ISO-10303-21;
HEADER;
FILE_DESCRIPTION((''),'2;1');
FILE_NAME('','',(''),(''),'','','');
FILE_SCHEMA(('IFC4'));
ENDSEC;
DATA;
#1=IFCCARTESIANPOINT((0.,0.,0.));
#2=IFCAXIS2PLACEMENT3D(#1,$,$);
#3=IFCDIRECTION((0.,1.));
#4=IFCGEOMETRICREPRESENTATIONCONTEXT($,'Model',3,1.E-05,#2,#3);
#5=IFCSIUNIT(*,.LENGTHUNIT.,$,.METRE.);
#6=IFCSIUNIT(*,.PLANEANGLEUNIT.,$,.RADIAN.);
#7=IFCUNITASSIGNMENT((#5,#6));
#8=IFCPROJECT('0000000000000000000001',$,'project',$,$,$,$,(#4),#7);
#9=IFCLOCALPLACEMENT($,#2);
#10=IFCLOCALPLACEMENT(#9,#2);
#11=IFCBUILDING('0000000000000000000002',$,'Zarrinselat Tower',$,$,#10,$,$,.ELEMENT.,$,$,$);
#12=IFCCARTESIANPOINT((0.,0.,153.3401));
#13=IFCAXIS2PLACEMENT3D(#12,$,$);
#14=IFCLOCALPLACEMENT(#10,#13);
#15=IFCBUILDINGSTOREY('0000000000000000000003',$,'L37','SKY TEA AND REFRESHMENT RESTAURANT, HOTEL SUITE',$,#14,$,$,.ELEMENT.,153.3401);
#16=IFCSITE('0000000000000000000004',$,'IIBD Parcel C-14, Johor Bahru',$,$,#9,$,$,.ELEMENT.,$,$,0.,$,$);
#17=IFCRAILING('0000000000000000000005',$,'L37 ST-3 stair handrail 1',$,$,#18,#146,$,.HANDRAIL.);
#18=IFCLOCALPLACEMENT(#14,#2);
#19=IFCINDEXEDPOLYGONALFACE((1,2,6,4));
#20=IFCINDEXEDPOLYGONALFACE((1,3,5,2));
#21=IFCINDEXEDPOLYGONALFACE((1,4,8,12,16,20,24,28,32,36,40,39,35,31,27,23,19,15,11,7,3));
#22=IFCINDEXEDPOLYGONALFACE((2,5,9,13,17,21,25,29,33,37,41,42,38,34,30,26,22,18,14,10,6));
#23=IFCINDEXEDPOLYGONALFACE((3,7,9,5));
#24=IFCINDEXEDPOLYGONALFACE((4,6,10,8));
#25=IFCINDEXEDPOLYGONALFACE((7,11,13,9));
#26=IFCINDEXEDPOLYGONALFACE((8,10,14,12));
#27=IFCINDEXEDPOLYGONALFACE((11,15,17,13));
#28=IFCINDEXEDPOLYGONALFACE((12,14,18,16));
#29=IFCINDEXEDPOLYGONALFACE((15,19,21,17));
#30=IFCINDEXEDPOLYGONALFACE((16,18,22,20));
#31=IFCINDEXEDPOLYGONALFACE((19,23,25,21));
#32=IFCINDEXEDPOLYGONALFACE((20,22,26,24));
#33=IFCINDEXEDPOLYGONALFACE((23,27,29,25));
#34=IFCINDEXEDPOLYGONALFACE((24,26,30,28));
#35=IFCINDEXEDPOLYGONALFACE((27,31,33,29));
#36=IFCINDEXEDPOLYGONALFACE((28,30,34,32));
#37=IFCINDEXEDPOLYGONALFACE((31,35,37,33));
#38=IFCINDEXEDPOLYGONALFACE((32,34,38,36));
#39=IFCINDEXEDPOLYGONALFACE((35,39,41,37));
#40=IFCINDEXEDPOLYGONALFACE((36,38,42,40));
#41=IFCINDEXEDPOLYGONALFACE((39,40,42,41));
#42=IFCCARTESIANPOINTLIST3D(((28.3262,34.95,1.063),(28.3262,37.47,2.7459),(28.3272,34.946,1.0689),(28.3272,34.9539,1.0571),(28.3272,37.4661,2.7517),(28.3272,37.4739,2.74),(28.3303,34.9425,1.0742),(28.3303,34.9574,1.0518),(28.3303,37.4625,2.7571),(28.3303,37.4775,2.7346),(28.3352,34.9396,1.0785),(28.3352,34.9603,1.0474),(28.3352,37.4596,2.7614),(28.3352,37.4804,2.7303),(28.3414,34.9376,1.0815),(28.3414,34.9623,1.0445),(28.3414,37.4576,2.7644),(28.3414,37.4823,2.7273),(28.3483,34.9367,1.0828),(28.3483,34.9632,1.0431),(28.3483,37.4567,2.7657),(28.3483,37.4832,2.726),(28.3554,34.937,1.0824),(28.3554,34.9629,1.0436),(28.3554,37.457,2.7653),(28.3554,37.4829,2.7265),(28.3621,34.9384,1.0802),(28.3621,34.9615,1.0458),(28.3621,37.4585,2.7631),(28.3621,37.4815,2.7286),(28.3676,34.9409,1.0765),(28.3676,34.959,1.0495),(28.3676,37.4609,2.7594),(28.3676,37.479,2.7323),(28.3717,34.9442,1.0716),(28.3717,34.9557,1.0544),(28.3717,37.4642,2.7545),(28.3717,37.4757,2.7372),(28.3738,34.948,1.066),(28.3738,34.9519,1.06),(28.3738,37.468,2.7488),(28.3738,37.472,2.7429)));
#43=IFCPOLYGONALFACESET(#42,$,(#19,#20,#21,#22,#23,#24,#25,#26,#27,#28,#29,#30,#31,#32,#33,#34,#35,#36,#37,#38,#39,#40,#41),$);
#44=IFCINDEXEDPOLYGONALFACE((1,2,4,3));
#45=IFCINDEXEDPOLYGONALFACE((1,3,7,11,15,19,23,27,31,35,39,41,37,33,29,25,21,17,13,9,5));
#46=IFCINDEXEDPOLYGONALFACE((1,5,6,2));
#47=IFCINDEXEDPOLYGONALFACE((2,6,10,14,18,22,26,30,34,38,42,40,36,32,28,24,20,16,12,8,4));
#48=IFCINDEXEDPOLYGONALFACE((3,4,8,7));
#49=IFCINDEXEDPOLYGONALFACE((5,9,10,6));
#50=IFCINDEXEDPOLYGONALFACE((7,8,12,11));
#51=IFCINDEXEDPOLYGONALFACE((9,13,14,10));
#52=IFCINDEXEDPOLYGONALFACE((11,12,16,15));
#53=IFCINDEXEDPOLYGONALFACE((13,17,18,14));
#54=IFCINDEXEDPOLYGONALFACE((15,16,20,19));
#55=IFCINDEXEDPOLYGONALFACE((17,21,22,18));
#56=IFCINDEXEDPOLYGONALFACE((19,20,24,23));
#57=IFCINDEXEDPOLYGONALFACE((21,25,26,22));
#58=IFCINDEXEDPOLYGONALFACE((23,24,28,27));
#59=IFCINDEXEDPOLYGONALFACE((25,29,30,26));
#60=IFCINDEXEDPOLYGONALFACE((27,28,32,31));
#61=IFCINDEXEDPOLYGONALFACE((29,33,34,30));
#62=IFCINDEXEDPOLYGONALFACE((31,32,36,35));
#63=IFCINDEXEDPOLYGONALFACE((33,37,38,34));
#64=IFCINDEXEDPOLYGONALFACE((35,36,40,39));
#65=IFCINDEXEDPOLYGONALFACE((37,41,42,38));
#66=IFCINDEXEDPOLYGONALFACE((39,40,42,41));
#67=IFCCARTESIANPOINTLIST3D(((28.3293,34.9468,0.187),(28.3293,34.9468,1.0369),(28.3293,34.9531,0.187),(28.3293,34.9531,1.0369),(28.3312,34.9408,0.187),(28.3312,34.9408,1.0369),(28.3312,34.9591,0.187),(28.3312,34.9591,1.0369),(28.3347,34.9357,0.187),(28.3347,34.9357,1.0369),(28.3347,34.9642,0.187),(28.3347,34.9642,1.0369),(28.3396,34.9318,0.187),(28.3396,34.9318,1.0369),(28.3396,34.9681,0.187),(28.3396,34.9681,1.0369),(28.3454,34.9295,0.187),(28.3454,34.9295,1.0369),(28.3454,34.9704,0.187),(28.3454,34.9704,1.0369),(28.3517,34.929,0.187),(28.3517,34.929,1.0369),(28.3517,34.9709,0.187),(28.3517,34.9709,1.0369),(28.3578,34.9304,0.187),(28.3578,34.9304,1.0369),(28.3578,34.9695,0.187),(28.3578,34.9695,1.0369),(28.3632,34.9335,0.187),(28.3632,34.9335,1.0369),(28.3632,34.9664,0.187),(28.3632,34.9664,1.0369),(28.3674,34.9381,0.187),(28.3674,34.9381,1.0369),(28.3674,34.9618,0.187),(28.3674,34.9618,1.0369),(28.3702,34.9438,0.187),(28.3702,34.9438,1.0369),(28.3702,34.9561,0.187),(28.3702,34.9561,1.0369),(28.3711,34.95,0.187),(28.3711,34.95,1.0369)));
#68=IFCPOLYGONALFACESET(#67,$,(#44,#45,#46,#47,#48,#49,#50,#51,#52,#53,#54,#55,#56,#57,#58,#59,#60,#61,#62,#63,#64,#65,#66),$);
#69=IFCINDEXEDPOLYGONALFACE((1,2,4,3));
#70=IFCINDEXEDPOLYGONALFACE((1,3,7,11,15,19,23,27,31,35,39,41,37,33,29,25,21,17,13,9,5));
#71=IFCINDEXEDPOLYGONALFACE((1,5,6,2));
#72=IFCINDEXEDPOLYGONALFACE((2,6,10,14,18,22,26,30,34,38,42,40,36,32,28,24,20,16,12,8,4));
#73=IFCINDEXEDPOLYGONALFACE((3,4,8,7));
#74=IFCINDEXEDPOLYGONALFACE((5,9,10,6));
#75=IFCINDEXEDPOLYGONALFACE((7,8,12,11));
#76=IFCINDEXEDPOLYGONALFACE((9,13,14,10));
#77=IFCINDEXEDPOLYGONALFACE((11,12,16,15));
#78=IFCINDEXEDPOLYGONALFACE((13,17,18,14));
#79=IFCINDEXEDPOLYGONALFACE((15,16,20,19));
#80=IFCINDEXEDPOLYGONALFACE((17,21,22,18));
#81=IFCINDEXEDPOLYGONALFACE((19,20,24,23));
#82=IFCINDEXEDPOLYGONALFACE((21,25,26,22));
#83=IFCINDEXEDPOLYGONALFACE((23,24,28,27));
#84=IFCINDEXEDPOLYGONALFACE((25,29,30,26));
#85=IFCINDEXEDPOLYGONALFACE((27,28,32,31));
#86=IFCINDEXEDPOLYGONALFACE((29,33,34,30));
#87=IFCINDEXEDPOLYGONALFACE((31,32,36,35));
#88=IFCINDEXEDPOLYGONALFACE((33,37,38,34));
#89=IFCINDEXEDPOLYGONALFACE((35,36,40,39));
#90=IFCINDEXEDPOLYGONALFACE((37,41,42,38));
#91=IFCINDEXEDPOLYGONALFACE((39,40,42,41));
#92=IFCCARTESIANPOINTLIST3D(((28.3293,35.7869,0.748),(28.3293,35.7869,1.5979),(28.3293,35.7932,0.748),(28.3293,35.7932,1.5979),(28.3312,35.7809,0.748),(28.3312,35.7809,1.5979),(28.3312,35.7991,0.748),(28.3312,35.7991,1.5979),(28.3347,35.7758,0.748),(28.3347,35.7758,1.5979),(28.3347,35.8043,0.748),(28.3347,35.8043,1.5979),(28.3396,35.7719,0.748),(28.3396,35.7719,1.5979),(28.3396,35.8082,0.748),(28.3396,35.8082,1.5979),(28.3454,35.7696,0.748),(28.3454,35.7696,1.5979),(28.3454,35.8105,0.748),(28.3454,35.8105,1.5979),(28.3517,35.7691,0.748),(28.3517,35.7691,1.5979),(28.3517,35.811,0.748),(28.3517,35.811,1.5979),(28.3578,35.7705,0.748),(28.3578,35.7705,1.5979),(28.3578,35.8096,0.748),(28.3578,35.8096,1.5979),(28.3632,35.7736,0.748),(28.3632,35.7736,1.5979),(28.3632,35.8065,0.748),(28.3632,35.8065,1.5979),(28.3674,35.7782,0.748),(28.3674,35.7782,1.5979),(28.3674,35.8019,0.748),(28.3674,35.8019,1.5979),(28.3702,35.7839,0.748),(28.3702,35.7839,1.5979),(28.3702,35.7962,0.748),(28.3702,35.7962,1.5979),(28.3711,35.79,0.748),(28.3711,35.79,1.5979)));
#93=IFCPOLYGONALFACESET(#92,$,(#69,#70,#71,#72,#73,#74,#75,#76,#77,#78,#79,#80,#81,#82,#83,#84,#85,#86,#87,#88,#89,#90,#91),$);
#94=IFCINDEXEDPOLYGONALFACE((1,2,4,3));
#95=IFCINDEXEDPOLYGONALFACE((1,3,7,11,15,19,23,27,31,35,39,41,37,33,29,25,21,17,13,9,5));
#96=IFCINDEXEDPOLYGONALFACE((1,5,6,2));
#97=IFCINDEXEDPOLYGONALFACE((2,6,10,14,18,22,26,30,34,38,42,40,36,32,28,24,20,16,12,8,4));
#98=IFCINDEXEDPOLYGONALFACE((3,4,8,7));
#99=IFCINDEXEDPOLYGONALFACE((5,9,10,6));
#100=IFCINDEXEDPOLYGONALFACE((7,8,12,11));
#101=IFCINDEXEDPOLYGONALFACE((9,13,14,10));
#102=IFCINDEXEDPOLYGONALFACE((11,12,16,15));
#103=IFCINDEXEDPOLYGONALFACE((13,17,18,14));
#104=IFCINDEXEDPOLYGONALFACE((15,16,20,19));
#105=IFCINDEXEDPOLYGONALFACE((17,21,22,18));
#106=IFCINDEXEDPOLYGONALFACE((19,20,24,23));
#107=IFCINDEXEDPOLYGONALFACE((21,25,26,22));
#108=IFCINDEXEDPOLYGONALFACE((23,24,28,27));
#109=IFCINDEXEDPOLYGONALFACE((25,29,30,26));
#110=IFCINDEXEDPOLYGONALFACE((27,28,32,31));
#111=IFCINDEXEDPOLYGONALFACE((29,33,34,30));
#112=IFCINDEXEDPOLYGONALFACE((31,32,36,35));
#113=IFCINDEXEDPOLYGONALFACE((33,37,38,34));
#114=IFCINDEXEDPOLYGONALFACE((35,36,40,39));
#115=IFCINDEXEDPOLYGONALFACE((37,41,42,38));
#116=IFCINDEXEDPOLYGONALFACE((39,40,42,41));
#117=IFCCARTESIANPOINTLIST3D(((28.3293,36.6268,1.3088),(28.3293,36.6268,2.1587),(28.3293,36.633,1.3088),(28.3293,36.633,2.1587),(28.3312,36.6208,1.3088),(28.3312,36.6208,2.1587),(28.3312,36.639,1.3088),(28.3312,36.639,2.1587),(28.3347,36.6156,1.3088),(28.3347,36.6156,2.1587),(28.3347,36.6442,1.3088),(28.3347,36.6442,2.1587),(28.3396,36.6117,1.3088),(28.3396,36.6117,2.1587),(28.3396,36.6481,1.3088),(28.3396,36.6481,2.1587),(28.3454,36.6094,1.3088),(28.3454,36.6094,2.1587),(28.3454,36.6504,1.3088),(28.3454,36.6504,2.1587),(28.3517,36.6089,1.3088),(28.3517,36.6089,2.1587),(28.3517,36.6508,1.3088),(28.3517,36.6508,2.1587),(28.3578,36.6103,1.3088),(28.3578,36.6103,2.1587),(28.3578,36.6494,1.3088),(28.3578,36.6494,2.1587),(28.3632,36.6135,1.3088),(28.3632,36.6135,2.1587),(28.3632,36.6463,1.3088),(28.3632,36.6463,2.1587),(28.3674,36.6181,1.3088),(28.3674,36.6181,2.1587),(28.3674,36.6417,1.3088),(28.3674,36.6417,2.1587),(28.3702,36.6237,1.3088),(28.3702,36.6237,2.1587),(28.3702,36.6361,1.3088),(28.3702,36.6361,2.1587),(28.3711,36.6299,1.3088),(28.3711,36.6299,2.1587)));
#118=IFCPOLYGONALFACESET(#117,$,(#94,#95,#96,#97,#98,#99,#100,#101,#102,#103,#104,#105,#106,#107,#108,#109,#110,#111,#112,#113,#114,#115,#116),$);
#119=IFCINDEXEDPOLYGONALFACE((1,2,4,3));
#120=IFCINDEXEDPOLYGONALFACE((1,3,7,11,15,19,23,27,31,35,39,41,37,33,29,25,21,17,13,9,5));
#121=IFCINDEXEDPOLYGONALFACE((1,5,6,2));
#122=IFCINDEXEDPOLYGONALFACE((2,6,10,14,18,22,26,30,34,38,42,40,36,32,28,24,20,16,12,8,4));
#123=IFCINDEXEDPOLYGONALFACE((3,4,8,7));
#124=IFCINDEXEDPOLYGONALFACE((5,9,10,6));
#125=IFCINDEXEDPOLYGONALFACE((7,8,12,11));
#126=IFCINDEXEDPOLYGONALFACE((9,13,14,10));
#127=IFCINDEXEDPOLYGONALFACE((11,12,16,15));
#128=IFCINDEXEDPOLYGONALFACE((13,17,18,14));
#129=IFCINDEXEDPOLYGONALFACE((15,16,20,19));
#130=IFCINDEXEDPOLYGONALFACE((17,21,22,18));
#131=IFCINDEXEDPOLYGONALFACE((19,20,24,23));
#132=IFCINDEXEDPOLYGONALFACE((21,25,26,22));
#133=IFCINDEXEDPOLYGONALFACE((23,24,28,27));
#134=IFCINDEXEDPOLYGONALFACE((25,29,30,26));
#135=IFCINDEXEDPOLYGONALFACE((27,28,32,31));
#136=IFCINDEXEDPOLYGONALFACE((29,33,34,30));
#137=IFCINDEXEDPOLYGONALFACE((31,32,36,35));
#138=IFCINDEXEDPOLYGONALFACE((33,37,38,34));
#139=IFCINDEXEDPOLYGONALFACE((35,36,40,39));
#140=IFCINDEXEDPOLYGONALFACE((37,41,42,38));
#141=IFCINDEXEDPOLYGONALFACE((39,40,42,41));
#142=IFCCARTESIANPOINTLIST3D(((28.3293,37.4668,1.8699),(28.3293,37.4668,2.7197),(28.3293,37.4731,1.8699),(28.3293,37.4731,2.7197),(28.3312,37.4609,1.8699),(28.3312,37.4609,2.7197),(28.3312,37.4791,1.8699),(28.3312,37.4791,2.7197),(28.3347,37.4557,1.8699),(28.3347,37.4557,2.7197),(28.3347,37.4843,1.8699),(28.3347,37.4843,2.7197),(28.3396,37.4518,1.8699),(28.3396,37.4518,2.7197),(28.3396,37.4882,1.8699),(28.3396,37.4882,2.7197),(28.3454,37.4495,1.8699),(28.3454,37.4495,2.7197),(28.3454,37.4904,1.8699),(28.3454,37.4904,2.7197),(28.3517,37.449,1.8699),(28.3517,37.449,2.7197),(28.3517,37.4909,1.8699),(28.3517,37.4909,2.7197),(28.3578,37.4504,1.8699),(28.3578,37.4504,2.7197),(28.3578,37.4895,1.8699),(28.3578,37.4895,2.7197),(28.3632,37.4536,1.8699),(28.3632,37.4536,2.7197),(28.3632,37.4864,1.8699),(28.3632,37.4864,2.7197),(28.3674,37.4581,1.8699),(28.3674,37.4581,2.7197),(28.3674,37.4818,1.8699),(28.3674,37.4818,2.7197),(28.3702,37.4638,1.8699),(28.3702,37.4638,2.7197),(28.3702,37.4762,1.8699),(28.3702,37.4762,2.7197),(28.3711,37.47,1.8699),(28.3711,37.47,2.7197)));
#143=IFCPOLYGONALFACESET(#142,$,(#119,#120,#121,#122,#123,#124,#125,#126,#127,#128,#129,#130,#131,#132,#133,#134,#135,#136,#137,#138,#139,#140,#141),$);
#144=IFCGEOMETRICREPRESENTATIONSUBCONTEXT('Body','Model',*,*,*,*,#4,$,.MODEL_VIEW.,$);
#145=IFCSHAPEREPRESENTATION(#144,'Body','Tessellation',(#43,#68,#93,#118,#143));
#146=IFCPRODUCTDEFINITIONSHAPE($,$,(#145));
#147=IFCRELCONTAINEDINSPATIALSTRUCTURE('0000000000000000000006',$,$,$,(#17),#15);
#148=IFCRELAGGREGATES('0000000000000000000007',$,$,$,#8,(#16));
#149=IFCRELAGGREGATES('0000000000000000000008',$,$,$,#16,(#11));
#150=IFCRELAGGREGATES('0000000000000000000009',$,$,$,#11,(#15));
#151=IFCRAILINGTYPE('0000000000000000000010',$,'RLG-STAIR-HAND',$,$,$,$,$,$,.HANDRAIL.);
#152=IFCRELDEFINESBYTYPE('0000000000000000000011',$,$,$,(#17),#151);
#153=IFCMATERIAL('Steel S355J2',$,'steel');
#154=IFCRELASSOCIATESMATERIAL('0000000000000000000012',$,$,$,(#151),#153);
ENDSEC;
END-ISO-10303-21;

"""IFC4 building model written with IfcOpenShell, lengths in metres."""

from ifc_helpers import new_model, si_unit, direction, frame, origin, origin_2d, place, context, subcontext, project, spatial, circle, extrude, material, type_object, element, save


model = new_model("IFC4")

# Units and contexts
model_context = context("Model", 3, precision=1e-05, world=origin(), true_north=direction((0.0, 1.0)))
body_context = subcontext(model_context, "Body", "Model", "MODEL_VIEW")
ifc_project = project(units=[si_unit("LENGTHUNIT", "METRE"), si_unit("PLANEANGLEUNIT", "RADIAN")], contexts=[model_context])

# Site, building, storey
site_placement = place(None, origin())
site = spatial("IfcSite", under=ifc_project, at=site_placement, Name="IIBD Parcel C-14, Johor Bahru", CompositionType="ELEMENT", RefElevation=0.0)
building_placement = place(site_placement, origin())
building = spatial("IfcBuilding", under=site, at=building_placement, Name="Zarrinselat Tower", CompositionType="ELEMENT")
storey_placement = place(building_placement, frame((0.0, 0.0, 153.3401)))
storey = spatial("IfcBuildingStorey", under=building, at=storey_placement, Name="L37", Description="SKY TEA AND REFRESHMENT RESTAURANT, HOTEL SUITE", CompositionType="ELEMENT", Elevation=153.3401)

# Railing
ifc_material_1 = material(Name="Steel S355J2", Category="steel")
railing_type = type_object("IfcRailingType", Name="RLG-STAIR-HAND", PredefinedType="HANDRAIL", material=ifc_material_1)
railing_placement = place(storey_placement, frame((28.3501, 34.95, 0.187)))
element("IfcRailing", 1, at=railing_placement, inside=storey, type_object=railing_type, Name="L37 ST-3 stair handrail 1", PredefinedType="HANDRAIL", context=body_context, shape_type="SweptSolid", body=[
    extrude(circle(Radius=0.0239, at=origin_2d()), frame((0.0, 0.0, 0.876), z_axis=(0.0, 0.831616, 0.555351), x_axis=(-1.0, 0.0, 0.0)), (0.0, 0.0, 1.0), 3.0303),
    extrude(circle(Radius=0.021, at=origin_2d()), origin(), (0.0, 0.0, 1.0), 0.8499),
    extrude(circle(Radius=0.021, at=origin_2d()), frame((0.0, 0.8401, 0.561)), (0.0, 0.0, 1.0), 0.8499),
    extrude(circle(Radius=0.021, at=origin_2d()), frame((0.0, 1.6799, 1.1218)), (0.0, 0.0, 1.0), 0.8499),
    extrude(circle(Radius=0.021, at=origin_2d()), frame((0.0, 2.52, 1.6829)), (0.0, 0.0, 1.0), 0.8499),
])

save(model, "model.ifc")
